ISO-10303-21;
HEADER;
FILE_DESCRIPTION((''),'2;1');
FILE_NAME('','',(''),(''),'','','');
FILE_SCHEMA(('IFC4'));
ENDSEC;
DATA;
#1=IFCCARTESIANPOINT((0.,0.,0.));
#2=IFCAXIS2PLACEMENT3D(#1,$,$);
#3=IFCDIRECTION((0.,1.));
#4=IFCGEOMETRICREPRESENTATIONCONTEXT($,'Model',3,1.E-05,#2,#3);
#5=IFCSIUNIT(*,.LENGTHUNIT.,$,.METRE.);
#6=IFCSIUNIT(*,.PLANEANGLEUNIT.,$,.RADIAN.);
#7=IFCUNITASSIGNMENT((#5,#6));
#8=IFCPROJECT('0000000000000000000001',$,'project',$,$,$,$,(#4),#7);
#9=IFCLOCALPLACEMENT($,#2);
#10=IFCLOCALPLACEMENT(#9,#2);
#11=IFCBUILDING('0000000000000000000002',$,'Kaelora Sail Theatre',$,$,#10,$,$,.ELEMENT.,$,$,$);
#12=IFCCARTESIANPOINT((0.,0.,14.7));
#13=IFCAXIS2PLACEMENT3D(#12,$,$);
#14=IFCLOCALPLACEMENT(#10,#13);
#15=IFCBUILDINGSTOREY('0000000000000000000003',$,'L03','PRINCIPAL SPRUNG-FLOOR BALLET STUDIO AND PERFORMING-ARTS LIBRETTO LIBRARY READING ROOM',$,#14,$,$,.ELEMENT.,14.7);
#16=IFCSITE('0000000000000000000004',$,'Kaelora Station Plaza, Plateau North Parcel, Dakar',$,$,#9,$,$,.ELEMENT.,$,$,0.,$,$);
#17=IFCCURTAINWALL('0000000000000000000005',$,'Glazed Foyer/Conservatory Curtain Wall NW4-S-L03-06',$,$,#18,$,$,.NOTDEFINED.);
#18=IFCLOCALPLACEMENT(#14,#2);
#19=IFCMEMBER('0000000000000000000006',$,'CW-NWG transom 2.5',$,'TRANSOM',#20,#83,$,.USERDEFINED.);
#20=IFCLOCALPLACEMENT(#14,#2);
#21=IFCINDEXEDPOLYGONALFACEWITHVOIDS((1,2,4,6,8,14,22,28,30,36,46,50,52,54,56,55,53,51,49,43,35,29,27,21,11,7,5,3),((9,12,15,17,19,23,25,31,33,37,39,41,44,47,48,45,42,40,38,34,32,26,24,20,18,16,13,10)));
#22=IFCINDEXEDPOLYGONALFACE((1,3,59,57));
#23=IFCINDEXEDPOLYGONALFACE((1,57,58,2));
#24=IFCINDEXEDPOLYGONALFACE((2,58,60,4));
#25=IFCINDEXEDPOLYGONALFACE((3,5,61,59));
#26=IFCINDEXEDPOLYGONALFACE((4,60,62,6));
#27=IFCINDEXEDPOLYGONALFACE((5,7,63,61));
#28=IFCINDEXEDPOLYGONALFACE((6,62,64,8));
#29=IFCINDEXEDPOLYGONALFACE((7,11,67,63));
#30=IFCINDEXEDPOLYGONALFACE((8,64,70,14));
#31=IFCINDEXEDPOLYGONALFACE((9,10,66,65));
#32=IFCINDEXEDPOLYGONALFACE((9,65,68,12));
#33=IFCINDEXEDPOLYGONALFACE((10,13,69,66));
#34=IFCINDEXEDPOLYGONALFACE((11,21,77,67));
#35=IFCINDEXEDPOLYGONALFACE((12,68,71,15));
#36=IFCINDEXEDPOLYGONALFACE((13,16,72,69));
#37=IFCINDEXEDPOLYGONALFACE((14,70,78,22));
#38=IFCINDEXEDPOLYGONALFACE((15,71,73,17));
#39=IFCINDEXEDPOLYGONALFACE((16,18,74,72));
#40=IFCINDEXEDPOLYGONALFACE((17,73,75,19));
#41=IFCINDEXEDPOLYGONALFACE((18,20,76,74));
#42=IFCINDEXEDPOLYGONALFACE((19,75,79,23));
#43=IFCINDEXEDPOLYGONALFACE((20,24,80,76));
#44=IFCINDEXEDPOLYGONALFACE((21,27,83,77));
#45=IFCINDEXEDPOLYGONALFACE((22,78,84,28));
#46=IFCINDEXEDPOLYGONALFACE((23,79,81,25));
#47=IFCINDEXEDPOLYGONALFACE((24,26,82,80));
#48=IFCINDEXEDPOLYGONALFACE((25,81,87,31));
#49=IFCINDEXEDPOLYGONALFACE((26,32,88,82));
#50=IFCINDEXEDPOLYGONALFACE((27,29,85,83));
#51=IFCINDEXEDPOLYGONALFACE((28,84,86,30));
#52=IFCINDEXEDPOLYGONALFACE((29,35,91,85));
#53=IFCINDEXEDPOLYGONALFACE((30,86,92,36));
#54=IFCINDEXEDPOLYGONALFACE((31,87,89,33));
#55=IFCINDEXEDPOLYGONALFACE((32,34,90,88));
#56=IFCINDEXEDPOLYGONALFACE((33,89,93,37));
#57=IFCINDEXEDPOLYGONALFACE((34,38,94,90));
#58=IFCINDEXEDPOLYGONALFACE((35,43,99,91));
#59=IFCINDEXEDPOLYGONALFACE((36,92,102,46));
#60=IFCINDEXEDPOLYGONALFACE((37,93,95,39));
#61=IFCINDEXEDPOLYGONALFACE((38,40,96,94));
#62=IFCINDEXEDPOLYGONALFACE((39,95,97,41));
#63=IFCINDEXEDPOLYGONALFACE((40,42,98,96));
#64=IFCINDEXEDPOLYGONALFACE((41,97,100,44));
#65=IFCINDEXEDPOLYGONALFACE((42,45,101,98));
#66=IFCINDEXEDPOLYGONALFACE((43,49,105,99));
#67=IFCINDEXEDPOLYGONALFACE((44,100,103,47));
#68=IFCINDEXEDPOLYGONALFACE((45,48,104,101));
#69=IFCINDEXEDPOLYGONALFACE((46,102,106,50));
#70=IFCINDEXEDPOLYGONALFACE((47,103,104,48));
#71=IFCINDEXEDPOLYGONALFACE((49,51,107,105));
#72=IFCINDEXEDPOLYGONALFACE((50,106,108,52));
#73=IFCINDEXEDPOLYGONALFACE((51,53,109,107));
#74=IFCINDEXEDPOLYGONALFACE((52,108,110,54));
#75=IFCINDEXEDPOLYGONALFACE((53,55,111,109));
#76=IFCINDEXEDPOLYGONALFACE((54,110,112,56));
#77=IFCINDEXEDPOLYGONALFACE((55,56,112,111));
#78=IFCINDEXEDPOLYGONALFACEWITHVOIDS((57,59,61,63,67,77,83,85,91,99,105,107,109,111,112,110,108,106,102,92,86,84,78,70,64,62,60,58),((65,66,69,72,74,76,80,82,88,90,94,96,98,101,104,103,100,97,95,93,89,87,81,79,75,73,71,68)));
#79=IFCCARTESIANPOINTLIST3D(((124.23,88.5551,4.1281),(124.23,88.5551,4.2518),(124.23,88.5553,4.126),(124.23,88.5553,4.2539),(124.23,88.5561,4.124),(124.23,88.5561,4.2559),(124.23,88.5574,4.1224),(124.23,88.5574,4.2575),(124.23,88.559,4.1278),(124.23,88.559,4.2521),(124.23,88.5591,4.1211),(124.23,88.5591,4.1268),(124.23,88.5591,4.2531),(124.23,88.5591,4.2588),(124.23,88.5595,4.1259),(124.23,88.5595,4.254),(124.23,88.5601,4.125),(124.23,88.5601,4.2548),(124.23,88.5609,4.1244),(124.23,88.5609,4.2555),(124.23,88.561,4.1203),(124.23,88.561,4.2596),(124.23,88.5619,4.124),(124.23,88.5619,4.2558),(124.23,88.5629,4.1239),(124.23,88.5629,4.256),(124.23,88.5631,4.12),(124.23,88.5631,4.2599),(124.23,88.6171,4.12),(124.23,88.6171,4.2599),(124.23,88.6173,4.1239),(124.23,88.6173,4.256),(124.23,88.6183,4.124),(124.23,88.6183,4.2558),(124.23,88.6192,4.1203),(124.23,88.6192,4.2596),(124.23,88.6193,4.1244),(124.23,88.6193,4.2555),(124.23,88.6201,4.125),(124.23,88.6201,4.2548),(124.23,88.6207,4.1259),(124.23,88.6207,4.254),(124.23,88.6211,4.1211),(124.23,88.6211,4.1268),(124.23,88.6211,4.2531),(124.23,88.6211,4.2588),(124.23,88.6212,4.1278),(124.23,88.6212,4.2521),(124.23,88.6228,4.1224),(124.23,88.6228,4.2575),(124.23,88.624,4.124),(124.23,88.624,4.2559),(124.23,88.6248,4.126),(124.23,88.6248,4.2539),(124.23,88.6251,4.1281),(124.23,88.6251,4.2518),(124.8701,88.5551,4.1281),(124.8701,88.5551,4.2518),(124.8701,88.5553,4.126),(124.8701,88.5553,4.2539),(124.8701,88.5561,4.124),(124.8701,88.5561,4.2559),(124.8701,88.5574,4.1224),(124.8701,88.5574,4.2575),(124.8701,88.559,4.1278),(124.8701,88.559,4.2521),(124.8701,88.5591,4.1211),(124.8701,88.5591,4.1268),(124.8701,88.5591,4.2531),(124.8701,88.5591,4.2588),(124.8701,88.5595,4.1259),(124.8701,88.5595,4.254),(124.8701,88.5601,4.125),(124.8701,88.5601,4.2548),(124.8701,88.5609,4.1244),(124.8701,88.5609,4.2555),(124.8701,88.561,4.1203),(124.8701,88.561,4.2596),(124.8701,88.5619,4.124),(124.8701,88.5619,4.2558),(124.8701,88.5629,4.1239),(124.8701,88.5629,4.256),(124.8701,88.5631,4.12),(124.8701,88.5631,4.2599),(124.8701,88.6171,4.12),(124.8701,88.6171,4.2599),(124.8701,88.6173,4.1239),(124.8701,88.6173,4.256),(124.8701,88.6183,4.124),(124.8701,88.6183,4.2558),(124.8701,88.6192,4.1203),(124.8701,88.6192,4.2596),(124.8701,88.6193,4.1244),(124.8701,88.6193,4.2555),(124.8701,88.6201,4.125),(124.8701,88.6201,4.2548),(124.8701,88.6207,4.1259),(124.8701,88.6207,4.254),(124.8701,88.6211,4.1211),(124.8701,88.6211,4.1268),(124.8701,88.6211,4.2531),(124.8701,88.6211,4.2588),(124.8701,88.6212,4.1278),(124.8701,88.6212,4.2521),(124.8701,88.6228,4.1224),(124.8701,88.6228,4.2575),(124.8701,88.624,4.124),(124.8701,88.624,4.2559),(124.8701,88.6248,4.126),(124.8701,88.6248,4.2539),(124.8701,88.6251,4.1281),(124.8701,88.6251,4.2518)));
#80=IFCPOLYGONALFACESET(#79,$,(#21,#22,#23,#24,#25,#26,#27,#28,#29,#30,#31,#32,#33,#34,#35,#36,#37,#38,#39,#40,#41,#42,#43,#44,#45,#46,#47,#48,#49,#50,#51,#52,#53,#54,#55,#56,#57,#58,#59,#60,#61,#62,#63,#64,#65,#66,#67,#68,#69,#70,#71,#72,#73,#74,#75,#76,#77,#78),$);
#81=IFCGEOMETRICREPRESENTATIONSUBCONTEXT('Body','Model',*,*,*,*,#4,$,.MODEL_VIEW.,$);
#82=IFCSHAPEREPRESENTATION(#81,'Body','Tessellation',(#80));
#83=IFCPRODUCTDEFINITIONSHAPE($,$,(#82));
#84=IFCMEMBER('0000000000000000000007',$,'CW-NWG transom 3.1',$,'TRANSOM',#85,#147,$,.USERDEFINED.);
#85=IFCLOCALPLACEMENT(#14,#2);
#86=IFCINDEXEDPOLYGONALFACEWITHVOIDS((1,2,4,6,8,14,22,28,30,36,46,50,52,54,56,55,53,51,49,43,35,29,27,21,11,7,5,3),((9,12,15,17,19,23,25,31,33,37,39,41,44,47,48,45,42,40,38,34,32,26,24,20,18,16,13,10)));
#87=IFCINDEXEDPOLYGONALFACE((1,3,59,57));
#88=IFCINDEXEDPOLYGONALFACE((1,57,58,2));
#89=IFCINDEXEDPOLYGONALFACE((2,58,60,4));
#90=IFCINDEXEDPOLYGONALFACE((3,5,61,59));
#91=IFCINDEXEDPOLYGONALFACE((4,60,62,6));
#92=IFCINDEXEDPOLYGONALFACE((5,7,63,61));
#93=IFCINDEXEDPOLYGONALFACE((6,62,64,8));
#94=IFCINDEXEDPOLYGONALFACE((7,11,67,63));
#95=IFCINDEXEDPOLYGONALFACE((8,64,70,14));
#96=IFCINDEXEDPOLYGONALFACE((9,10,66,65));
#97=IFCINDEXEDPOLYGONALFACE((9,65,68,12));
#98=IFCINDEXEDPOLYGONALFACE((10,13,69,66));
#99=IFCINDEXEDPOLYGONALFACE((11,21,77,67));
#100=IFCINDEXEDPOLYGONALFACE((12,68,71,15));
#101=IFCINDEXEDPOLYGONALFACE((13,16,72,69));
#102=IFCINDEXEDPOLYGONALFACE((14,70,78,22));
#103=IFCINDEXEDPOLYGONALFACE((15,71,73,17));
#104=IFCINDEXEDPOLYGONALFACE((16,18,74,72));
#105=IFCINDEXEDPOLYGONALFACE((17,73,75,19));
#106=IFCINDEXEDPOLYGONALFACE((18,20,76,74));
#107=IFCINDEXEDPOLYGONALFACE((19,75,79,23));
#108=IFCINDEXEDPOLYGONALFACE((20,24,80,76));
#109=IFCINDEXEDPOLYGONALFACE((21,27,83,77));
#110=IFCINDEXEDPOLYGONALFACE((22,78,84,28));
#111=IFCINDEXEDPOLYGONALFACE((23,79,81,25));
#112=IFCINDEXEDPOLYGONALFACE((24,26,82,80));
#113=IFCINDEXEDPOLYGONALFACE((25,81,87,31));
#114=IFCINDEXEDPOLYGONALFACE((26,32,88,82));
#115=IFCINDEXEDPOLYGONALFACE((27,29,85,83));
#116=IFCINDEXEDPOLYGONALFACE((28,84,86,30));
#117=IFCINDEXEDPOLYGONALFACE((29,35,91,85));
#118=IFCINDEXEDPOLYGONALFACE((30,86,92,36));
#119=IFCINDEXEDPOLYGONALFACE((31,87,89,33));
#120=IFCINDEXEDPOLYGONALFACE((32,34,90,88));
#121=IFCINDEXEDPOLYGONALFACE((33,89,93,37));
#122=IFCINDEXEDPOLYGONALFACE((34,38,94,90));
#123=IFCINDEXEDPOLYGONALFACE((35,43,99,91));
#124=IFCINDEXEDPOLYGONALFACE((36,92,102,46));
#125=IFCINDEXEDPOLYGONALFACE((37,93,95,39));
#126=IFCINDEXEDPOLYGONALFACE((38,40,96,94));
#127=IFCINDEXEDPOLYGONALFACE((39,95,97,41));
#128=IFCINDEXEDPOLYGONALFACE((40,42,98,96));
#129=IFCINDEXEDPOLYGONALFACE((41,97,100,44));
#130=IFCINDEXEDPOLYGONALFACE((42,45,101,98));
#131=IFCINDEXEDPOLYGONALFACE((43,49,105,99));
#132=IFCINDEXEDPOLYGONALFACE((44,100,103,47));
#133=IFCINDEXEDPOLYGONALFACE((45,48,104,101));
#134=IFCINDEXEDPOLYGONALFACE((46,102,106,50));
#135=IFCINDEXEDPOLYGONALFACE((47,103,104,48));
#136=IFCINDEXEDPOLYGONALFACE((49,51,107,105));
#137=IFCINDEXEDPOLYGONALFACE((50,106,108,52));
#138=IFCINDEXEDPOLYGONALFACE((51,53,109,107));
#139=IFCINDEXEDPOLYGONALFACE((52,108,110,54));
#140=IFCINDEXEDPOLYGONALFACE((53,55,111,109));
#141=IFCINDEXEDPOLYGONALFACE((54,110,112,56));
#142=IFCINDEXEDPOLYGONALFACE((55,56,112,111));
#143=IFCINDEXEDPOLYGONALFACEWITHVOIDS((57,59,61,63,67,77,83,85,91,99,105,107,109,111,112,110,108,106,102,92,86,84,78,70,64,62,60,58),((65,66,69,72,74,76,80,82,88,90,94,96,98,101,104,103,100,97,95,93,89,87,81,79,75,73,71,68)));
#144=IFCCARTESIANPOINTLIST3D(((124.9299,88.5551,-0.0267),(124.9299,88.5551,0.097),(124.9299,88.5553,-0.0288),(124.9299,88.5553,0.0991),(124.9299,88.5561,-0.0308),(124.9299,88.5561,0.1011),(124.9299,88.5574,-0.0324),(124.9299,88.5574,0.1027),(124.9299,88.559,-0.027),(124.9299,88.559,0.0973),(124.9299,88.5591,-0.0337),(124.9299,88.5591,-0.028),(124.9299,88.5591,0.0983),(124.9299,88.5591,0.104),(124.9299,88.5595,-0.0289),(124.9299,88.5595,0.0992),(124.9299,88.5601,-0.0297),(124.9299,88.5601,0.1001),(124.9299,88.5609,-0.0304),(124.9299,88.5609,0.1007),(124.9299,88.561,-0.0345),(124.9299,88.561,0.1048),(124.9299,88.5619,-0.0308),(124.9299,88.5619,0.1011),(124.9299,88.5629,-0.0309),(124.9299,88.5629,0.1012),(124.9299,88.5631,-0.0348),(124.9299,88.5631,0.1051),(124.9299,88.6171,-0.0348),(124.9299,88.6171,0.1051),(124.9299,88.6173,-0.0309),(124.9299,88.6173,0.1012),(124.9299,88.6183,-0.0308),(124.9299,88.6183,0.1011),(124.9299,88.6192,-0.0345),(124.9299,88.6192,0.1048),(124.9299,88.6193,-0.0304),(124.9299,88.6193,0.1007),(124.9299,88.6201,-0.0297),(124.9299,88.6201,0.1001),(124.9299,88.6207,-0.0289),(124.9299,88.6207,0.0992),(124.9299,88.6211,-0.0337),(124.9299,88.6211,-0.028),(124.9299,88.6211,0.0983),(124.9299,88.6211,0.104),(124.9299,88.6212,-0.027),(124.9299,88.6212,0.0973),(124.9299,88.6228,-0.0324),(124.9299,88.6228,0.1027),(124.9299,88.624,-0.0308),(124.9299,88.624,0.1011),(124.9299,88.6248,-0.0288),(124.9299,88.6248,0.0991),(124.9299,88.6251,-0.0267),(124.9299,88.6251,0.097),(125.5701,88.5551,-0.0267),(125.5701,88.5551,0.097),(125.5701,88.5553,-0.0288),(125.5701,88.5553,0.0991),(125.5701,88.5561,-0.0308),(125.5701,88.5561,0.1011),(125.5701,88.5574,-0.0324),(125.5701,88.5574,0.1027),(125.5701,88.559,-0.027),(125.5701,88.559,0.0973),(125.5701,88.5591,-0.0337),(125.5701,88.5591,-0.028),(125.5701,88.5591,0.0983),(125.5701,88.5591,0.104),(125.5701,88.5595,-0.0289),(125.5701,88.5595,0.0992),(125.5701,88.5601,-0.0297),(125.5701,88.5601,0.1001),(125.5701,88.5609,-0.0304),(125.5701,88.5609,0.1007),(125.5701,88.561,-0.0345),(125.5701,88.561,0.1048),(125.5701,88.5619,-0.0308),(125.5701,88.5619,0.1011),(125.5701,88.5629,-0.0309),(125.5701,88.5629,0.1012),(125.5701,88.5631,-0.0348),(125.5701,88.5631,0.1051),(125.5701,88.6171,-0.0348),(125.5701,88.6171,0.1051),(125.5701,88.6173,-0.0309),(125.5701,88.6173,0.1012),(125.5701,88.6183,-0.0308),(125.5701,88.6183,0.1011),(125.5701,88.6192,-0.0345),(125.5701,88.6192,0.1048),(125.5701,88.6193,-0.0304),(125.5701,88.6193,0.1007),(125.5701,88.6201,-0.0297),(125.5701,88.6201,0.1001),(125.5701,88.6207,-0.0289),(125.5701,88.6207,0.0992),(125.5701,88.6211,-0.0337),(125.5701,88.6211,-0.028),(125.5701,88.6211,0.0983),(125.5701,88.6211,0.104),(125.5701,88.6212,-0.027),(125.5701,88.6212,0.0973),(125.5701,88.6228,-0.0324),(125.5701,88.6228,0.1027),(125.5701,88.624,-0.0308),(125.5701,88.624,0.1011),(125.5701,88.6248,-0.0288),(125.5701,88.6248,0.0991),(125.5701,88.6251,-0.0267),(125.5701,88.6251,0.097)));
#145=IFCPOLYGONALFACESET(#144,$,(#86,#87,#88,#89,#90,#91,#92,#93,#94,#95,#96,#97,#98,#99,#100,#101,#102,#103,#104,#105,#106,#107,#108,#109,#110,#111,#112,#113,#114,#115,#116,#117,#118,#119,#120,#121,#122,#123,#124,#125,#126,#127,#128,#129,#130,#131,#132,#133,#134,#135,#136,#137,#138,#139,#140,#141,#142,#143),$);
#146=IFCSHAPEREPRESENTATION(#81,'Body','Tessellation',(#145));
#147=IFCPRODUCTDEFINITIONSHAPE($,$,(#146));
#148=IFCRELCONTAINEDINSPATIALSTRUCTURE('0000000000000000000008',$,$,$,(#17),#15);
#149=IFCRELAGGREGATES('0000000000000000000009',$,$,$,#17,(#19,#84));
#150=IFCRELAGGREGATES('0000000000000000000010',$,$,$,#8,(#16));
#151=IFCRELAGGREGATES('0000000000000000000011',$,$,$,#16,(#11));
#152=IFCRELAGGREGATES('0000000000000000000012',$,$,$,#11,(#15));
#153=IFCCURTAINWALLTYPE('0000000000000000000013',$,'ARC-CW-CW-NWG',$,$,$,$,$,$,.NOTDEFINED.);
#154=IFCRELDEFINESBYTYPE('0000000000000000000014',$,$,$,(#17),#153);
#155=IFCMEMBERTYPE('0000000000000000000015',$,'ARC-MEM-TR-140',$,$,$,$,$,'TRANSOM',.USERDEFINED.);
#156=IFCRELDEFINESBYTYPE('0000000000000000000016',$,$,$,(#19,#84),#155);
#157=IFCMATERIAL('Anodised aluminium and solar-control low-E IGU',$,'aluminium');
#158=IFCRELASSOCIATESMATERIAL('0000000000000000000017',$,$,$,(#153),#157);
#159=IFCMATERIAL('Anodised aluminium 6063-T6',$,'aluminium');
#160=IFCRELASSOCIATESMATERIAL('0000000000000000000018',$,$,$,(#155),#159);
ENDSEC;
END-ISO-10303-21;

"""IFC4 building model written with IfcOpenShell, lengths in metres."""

from ifc_helpers import new_model, si_unit, direction, frame, origin, origin_2d, place, context, subcontext, project, spatial, hollow_rectangle, extrude, material, material_profile, profile_set, type_object, element, aggregate, save


model = new_model("IFC4")

# Units and contexts
model_context = context("Model", 3, precision=1e-05, world=origin(), true_north=direction((0.0, 1.0)))
body_context = subcontext(model_context, "Body", "Model", "MODEL_VIEW")
ifc_project = project(units=[si_unit("LENGTHUNIT", "METRE"), si_unit("PLANEANGLEUNIT", "RADIAN")], contexts=[model_context])

# Site, building, storey
site_placement = place(None, origin())
site = spatial("IfcSite", under=ifc_project, at=site_placement, Name="Kaelora Station Plaza, Plateau North Parcel, Dakar", CompositionType="ELEMENT", RefElevation=0.0)
building_placement = place(site_placement, origin())
building = spatial("IfcBuilding", under=site, at=building_placement, Name="Kaelora Sail Theatre", CompositionType="ELEMENT")
storey_placement = place(building_placement, frame((0.0, 0.0, 14.7)))
storey = spatial("IfcBuildingStorey", under=building, at=storey_placement, Name="L03", Description="PRINCIPAL SPRUNG-FLOOR BALLET STUDIO AND PERFORMING-ARTS LIBRETTO LIBRARY READING ROOM", CompositionType="ELEMENT", Elevation=14.7)

# Curtain wall, members
ifc_material_1 = material(Name="Anodised aluminium and solar-control low-E IGU", Category="aluminium")
curtain_wall_type = type_object("IfcCurtainWallType", Name="ARC-CW-CW-NWG", PredefinedType="NOTDEFINED", material=ifc_material_1)
curtain_wall_placement = place(storey_placement, origin())
curtain_wall = element("IfcCurtainWall", 1, at=curtain_wall_placement, inside=storey, type_object=curtain_wall_type, Name="Glazed Foyer/Conservatory Curtain Wall NW4-S-L03-06", PredefinedType="NOTDEFINED")
ifc_material_2 = material(Name="Anodised aluminium 6063-T6", Category="aluminium")
ifc_material_profile_1 = material_profile(ifc_material_2, hollow_rectangle(XDim=0.0701, YDim=0.1399, WallThickness=0.0039, InnerFilletRadius=0.0039, OuterFilletRadius=0.0081, at=origin_2d()), Name="ALU-TRAN 70x140x4")
ifc_profile_set_1 = profile_set([ifc_material_profile_1], Name="Anodised aluminium 6063-T6")
member_type_1 = type_object("IfcMemberType", Name="ARC-MEM-TR-140", ElementType="TRANSOM", PredefinedType="USERDEFINED", material=ifc_profile_set_1)
member_1_placement = place(storey_placement, frame((124.23, 88.5901, 4.1899), z_axis=(1.0, 0.0, 0.0), x_axis=(0.0, 1.0, 0.0)))
member_1 = element("IfcMember", 2, at=member_1_placement, type_object=member_type_1, Name="CW-NWG transom 2.5", ObjectType="TRANSOM", PredefinedType="USERDEFINED", context=body_context, shape_type="SweptSolid", body=[
    extrude(hollow_rectangle(XDim=0.0701, YDim=0.1399, WallThickness=0.0039, InnerFilletRadius=0.0039, OuterFilletRadius=0.0081, at=origin_2d()), origin(), (0.0, 0.0, 1.0), 0.6401),
])
member_2_placement = place(storey_placement, frame((124.9299, 88.5901, 0.0352), z_axis=(1.0, 0.0, 0.0), x_axis=(0.0, 1.0, 0.0)))
member_2 = element("IfcMember", 3, at=member_2_placement, type_object=member_type_1, Name="CW-NWG transom 3.1", ObjectType="TRANSOM", PredefinedType="USERDEFINED", context=body_context, shape_type="SweptSolid", body=[
    extrude(hollow_rectangle(XDim=0.0701, YDim=0.1399, WallThickness=0.0039, InnerFilletRadius=0.0039, OuterFilletRadius=0.0081, at=origin_2d()), origin(), (0.0, 0.0, 1.0), 0.6401),
])
aggregate(curtain_wall, [member_1, member_2])

save(model, "model.ifc")
